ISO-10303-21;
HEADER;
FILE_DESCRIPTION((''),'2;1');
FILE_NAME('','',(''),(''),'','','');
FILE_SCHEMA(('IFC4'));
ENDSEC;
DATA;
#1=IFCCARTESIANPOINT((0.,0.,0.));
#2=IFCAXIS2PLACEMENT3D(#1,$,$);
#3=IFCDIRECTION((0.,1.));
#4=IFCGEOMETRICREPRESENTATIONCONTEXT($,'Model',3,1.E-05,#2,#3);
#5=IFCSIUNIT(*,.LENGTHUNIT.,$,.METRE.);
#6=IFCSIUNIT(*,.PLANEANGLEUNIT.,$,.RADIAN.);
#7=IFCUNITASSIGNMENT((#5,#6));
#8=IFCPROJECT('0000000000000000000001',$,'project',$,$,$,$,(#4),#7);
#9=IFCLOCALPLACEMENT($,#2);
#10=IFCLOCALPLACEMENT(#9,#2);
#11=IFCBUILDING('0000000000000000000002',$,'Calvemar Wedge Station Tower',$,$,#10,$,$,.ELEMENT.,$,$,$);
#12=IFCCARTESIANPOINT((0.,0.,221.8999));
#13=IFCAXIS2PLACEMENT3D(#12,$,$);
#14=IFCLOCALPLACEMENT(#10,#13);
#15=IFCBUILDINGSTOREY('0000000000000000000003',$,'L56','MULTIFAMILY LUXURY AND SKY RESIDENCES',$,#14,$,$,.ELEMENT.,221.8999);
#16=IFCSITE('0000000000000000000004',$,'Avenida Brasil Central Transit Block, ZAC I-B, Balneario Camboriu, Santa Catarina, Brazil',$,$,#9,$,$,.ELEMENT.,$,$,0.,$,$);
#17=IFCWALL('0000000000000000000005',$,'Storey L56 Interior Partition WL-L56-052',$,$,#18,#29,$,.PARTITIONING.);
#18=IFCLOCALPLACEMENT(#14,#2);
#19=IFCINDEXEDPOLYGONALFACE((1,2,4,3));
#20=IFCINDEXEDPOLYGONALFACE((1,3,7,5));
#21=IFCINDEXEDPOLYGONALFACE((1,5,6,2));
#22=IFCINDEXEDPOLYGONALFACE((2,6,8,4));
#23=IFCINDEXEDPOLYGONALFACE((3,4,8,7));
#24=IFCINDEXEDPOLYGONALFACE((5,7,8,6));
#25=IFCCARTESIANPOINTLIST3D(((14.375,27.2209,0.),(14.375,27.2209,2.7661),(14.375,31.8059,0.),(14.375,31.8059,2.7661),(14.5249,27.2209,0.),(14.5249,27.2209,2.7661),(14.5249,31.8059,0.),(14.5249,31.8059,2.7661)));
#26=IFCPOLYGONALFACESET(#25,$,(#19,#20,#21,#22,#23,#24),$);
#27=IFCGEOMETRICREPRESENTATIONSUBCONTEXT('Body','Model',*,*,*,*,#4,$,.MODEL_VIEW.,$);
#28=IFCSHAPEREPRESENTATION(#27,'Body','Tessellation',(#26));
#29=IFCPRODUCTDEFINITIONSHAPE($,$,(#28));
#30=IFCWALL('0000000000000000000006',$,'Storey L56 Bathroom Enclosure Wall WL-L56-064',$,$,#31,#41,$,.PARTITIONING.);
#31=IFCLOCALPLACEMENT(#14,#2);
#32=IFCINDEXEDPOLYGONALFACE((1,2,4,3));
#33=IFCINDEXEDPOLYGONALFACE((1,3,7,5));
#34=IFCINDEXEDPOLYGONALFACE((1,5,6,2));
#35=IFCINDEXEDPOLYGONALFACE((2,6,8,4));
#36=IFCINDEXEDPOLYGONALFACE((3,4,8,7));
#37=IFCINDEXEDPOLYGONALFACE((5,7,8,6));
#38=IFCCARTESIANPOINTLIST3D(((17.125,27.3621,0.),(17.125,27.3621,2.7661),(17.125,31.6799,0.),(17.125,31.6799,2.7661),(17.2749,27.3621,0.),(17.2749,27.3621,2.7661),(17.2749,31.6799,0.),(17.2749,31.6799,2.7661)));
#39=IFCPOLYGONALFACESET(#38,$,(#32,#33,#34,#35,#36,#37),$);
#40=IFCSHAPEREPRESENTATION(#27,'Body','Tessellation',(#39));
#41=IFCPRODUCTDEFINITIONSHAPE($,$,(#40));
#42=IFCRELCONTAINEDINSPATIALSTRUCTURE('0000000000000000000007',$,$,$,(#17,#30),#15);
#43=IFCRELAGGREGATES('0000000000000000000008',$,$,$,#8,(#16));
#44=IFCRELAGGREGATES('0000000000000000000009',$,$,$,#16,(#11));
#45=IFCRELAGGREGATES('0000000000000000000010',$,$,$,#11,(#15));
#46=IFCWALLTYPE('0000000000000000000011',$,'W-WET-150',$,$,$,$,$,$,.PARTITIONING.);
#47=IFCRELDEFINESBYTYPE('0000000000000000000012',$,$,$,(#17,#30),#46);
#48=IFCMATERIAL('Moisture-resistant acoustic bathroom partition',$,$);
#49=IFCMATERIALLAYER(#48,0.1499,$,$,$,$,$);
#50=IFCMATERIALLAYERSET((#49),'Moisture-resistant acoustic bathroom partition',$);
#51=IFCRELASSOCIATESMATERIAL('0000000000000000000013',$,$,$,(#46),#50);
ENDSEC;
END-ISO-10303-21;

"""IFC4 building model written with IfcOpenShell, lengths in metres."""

from ifc_helpers import new_model, si_unit, direction, frame, frame_2d, origin, place, context, subcontext, project, spatial, rectangle, extrude, material, layer, layer_set, type_object, element, save


model = new_model("IFC4")

# Units and contexts
model_context = context("Model", 3, precision=1e-05, world=origin(), true_north=direction((0.0, 1.0)))
body_context = subcontext(model_context, "Body", "Model", "MODEL_VIEW")
ifc_project = project(units=[si_unit("LENGTHUNIT", "METRE"), si_unit("PLANEANGLEUNIT", "RADIAN")], contexts=[model_context])

# Site, building, storey
site_placement = place(None, origin())
site = spatial("IfcSite", under=ifc_project, at=site_placement, Name="Avenida Brasil Central Transit Block, ZAC I-B, Balneario Camboriu, Santa Catarina, Brazil", CompositionType="ELEMENT", RefElevation=0.0)
building_placement = place(site_placement, origin())
building = spatial("IfcBuilding", under=site, at=building_placement, Name="Calvemar Wedge Station Tower", CompositionType="ELEMENT")
storey_placement = place(building_placement, frame((0.0, 0.0, 221.8999)))
storey = spatial("IfcBuildingStorey", under=building, at=storey_placement, Name="L56", Description="MULTIFAMILY LUXURY AND SKY RESIDENCES", CompositionType="ELEMENT", Elevation=221.8999)

# Shared definitions
ifc_material_1 = material(Name="Moisture-resistant acoustic bathroom partition")
ifc_layer_1 = layer(ifc_material_1, 0.1499)
ifc_layer_set_1 = layer_set([ifc_layer_1], Name="Moisture-resistant acoustic bathroom partition")
wall_type_1 = type_object("IfcWallType", Name="W-WET-150", PredefinedType="PARTITIONING", material=ifc_layer_set_1)

# Walls
wall_1_placement = place(storey_placement, frame((14.45, 27.2209, 0.0), z_axis=(0.0, 0.0, 1.0), x_axis=(0.0, 1.0, 0.0)))
element("IfcWall", 1, at=wall_1_placement, inside=storey, type_object=wall_type_1, Name="Storey L56 Interior Partition WL-L56-052", PredefinedType="PARTITIONING", context=body_context, shape_type="SweptSolid", body=[
    extrude(rectangle(XDim=4.585, YDim=0.1499, at=frame_2d((2.2925, 0.0))), origin(), (0.0, 0.0, 1.0), 2.7661),
])
wall_2_placement = place(storey_placement, frame((17.2, 31.6799, 0.0), z_axis=(0.0, 0.0, 1.0), x_axis=(0.0, -1.0, 0.0)))
element("IfcWall", 2, at=wall_2_placement, inside=storey, type_object=wall_type_1, Name="Storey L56 Bathroom Enclosure Wall WL-L56-064", PredefinedType="PARTITIONING", context=body_context, shape_type="SweptSolid", body=[
    extrude(rectangle(XDim=4.3179, YDim=0.1499, at=frame_2d((2.1589, 0.0))), origin(), (0.0, 0.0, 1.0), 2.7661),
])

save(model, "model.ifc")
